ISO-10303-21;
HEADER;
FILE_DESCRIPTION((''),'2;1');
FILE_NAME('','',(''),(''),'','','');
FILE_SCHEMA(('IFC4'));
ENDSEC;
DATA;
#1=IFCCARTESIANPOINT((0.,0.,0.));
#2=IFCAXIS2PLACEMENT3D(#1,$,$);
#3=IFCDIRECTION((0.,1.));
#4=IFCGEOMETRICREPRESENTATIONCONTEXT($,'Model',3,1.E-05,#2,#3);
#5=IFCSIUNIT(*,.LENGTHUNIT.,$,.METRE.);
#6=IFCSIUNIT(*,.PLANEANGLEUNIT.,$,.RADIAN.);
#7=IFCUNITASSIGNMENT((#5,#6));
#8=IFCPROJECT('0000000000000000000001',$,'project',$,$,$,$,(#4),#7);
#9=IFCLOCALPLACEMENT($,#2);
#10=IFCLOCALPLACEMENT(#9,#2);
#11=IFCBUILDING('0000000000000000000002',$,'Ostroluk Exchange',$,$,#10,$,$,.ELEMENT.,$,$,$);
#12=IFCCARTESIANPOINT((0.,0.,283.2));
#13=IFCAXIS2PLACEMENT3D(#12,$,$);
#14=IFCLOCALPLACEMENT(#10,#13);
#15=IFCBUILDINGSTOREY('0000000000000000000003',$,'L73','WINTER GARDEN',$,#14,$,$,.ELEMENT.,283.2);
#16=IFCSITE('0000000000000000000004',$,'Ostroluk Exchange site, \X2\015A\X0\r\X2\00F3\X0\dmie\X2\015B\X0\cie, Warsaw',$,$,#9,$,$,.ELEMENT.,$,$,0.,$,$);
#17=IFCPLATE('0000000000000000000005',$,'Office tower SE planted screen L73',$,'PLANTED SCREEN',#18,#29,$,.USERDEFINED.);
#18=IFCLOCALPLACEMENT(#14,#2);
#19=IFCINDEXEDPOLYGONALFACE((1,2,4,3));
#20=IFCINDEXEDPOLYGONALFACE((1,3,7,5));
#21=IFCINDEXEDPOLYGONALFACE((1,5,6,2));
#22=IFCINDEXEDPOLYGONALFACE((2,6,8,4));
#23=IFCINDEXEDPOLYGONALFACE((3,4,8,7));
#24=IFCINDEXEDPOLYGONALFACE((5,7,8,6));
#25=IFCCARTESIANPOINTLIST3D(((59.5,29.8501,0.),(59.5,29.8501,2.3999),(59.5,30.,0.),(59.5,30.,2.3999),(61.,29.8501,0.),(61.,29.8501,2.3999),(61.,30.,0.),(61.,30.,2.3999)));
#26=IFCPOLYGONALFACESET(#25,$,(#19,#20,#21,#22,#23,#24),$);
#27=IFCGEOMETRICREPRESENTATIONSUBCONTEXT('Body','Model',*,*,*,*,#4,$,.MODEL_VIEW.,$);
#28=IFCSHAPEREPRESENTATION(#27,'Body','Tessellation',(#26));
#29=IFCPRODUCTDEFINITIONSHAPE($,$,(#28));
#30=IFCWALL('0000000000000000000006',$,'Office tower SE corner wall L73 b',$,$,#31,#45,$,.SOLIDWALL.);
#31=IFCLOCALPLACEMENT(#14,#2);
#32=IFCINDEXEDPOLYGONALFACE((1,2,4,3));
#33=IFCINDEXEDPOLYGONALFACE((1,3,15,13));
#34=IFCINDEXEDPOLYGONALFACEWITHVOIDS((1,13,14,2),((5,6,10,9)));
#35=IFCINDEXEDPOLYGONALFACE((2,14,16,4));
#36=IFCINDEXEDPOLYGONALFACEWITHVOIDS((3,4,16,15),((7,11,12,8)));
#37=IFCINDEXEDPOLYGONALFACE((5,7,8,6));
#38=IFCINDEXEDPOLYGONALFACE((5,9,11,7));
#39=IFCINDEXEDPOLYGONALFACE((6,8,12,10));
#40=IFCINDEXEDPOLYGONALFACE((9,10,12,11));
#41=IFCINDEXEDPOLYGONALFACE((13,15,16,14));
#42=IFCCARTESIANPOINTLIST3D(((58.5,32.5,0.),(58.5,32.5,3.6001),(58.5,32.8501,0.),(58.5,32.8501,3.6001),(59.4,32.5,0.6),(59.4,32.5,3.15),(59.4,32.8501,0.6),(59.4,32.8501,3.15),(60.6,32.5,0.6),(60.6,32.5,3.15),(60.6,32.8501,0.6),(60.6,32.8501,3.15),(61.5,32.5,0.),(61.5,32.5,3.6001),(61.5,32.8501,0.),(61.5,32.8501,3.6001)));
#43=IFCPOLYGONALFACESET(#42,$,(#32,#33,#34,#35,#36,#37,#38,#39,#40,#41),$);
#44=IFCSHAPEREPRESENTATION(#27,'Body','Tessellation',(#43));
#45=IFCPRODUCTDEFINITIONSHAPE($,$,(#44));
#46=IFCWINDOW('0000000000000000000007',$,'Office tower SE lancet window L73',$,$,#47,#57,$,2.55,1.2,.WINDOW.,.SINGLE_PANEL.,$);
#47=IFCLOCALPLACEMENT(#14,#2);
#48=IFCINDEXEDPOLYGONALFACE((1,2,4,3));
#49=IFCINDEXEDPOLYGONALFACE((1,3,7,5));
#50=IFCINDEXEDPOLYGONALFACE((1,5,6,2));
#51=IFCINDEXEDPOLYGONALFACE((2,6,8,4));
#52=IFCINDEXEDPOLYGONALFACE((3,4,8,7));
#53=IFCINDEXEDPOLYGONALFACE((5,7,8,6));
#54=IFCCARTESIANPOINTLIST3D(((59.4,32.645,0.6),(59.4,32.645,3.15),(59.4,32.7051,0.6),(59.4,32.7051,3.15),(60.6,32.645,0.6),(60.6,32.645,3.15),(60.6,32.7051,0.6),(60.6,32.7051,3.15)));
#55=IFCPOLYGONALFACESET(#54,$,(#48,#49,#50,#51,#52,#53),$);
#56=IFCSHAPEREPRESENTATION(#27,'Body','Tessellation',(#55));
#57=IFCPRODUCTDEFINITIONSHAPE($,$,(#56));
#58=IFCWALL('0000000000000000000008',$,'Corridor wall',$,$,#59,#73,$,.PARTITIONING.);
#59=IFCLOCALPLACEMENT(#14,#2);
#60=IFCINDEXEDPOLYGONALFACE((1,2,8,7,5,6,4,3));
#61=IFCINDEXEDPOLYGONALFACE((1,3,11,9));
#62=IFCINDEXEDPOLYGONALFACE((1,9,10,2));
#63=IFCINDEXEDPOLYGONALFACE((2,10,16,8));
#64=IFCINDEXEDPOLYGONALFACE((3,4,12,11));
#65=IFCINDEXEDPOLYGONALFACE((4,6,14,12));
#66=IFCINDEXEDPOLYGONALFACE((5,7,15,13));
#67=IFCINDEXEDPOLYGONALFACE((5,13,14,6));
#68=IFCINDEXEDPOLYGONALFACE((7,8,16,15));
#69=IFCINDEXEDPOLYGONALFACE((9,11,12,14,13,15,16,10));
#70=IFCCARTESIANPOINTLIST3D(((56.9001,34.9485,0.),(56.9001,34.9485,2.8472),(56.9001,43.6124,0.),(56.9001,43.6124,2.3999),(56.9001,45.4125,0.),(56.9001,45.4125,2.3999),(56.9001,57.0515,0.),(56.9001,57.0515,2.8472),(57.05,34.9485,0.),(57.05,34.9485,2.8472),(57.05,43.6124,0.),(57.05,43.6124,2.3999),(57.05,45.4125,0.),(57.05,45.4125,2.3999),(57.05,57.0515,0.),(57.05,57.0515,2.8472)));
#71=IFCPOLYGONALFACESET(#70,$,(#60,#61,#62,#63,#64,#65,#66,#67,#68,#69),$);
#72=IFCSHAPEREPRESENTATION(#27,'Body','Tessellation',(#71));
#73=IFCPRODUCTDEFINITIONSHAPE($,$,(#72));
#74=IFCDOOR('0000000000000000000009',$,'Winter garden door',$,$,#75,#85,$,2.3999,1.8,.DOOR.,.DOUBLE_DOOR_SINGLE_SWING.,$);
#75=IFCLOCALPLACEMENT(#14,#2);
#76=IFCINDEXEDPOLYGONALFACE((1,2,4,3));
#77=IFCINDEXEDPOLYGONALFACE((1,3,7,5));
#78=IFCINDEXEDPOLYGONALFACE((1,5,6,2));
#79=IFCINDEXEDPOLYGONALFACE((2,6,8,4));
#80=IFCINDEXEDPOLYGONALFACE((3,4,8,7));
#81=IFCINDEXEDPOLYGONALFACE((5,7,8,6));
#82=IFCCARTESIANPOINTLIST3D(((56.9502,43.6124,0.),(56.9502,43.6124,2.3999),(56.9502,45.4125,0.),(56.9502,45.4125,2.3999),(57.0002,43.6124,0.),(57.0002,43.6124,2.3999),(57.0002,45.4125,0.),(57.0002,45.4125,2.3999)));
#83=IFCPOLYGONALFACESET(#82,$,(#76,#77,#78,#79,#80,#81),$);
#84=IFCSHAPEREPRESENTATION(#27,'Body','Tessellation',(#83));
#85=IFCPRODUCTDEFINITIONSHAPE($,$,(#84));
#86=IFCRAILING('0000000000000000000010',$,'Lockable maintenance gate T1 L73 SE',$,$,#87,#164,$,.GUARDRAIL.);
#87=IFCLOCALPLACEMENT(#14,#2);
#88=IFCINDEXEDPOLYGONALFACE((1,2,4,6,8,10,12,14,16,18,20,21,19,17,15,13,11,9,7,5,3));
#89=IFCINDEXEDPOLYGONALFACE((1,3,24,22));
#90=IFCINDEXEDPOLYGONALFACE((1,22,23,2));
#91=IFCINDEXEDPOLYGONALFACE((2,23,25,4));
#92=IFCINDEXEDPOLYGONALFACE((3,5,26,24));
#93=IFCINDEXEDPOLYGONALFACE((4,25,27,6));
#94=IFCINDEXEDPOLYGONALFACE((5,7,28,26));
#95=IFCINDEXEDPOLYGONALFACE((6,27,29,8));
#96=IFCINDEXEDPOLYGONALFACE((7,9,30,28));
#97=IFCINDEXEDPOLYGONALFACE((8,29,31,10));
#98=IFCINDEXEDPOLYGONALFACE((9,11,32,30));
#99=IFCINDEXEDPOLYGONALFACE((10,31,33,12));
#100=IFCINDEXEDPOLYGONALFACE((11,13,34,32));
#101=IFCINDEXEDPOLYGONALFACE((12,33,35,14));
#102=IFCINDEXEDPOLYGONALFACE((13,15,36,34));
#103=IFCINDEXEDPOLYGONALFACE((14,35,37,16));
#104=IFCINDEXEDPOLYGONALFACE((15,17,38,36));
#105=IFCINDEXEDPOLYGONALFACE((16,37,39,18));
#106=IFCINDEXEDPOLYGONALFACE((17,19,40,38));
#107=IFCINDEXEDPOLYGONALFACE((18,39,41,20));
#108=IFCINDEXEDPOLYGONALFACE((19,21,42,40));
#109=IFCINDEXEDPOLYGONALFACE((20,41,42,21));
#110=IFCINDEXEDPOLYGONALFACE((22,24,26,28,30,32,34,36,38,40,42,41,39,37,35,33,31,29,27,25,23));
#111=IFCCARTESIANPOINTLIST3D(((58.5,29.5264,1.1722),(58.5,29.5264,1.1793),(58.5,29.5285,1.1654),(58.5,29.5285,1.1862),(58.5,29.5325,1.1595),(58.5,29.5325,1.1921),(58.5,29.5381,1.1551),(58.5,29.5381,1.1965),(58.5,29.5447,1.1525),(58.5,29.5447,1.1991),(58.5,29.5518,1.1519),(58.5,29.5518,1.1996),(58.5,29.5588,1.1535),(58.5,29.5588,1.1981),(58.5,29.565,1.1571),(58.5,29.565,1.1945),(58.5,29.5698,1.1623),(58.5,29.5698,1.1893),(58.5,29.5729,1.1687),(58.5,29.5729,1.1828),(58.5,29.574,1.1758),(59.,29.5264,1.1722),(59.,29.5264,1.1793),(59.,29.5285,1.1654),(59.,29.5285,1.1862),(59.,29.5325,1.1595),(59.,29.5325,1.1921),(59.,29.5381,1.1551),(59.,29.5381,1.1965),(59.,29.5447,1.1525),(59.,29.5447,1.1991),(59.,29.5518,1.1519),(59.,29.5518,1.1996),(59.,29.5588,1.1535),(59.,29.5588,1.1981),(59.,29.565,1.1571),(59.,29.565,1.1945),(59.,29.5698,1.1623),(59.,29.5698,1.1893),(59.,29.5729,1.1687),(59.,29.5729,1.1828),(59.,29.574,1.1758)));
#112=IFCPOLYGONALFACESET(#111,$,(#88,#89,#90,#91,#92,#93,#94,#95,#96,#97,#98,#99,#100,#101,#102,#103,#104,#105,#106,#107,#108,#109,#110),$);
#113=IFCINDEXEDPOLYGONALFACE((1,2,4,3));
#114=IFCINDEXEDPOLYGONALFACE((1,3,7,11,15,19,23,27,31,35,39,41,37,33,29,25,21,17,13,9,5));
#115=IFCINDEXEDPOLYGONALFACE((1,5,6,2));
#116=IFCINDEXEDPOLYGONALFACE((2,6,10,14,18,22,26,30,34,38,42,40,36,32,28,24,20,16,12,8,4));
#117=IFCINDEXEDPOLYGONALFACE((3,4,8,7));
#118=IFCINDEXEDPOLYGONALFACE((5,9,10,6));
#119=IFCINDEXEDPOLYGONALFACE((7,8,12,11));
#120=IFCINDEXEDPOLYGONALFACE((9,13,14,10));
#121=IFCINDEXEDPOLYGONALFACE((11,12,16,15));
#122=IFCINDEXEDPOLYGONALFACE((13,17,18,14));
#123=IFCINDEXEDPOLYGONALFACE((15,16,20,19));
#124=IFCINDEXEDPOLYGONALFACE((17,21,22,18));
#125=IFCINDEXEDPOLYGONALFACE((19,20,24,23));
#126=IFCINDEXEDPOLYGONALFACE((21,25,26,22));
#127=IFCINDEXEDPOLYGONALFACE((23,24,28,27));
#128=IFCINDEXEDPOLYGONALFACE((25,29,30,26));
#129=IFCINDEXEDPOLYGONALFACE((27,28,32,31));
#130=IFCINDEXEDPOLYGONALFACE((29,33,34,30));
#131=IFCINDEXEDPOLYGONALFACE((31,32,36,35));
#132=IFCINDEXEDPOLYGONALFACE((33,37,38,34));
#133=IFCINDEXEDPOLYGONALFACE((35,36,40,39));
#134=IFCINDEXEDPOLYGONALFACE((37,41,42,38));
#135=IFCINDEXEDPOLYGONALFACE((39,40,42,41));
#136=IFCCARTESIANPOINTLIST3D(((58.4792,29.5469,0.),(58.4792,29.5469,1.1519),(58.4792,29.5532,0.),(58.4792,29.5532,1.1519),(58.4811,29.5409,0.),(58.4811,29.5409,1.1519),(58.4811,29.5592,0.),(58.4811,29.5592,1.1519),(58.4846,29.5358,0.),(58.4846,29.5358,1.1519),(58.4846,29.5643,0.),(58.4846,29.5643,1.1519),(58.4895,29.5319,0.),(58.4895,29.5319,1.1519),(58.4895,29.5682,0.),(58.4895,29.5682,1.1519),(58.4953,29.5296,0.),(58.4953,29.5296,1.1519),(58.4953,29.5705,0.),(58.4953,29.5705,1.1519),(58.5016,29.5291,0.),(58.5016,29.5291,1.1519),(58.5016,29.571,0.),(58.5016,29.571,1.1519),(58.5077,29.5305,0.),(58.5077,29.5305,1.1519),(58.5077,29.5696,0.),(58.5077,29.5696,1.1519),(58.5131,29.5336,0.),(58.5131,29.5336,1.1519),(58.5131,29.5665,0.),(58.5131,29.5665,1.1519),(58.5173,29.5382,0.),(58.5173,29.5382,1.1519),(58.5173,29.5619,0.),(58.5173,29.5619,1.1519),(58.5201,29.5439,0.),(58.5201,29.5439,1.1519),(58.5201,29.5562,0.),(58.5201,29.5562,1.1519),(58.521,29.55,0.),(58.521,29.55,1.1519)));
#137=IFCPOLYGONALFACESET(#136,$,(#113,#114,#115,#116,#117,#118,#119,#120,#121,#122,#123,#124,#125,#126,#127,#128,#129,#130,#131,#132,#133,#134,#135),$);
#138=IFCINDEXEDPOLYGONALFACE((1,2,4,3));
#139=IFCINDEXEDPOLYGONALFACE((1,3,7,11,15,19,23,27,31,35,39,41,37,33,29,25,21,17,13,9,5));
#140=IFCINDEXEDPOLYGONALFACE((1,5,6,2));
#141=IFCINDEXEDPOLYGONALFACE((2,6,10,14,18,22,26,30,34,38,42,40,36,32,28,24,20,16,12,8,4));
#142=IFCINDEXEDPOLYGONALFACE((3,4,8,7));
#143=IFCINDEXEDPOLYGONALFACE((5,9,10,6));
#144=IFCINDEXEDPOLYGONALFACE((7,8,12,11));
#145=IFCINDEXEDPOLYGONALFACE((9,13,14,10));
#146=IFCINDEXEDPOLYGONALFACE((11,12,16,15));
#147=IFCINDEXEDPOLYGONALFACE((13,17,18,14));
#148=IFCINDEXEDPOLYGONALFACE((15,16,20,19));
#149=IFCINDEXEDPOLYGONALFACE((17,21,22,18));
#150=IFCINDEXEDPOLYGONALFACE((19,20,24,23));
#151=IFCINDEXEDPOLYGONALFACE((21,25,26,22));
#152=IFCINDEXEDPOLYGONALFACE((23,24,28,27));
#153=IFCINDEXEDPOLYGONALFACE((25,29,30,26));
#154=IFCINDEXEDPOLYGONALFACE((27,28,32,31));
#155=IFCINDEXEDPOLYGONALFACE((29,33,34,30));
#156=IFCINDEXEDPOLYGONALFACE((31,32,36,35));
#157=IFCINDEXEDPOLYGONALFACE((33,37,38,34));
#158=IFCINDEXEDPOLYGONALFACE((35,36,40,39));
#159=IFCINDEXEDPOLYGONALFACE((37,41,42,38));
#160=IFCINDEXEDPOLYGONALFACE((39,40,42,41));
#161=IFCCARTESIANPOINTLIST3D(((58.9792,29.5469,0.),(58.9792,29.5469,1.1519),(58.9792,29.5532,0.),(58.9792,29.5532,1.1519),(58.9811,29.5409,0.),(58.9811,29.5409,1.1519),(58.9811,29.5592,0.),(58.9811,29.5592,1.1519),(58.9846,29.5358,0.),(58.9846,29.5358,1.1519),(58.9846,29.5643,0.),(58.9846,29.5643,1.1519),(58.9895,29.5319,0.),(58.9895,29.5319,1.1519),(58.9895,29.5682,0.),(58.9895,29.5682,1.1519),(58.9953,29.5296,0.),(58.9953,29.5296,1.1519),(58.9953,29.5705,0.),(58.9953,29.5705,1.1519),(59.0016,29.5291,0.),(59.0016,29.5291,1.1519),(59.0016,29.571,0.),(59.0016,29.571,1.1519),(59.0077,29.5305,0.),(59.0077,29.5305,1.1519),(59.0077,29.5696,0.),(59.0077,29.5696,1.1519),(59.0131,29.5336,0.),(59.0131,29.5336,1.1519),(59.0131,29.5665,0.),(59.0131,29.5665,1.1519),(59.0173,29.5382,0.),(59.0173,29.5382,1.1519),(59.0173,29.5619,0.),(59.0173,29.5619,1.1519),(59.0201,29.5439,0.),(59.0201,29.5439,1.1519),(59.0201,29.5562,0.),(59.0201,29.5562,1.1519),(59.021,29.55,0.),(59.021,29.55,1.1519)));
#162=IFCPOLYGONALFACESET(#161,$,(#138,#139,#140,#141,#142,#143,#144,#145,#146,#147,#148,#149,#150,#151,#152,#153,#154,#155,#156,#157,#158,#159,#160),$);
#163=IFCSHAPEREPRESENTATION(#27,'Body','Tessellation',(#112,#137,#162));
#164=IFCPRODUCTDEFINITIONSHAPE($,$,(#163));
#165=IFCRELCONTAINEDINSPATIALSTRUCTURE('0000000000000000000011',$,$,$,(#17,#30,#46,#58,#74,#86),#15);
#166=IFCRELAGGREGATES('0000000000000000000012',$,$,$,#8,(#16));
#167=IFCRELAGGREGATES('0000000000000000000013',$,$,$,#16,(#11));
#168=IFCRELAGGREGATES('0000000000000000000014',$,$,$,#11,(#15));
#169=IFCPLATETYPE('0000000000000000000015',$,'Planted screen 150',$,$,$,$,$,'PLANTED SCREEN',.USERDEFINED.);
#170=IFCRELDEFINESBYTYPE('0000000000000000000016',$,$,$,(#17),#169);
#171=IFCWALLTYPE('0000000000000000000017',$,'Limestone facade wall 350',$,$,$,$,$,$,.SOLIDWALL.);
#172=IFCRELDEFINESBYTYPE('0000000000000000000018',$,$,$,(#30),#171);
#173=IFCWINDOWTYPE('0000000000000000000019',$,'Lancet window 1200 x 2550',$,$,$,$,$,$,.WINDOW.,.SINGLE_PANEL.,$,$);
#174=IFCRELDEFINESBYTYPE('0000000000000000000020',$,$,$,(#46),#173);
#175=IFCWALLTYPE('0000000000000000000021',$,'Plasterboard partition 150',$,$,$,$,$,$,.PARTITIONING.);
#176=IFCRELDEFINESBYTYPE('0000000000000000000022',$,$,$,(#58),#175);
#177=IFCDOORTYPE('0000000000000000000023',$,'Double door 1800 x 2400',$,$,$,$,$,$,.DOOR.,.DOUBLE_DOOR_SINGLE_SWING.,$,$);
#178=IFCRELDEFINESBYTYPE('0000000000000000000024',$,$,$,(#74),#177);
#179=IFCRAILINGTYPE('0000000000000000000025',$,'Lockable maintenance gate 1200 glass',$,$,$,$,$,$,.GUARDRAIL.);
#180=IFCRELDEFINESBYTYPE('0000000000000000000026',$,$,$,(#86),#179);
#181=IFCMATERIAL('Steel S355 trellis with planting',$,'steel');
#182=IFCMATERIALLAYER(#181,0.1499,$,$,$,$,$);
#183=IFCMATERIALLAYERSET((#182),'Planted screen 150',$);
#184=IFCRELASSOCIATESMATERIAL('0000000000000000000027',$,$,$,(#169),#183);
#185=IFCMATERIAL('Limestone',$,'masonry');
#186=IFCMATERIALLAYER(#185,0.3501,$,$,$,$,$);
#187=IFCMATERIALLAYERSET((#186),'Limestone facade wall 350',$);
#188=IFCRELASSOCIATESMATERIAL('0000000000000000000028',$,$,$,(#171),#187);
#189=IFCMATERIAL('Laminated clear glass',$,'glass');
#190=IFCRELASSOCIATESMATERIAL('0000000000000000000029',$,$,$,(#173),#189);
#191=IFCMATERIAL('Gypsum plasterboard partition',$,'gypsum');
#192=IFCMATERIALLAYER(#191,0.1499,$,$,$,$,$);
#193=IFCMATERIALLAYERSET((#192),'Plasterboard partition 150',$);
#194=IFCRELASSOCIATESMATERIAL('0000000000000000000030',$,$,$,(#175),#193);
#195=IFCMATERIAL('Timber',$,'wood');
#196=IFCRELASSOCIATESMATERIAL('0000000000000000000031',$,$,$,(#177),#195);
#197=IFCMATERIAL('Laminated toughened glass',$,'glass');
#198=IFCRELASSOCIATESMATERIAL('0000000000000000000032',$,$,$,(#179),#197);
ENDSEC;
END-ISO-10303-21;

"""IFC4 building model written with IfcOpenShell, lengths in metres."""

from ifc_helpers import new_model, si_unit, direction, frame, frame_2d, origin, origin_2d, place, context, subcontext, project, spatial, rectangle, circle, extrude, material, layer, layer_set, type_object, element, fill, save


model = new_model("IFC4")

# Units and contexts
model_context = context("Model", 3, precision=1e-05, world=origin(), true_north=direction((0.0, 1.0)))
body_context = subcontext(model_context, "Body", "Model", "MODEL_VIEW")
ifc_project = project(units=[si_unit("LENGTHUNIT", "METRE"), si_unit("PLANEANGLEUNIT", "RADIAN")], contexts=[model_context])

# Site, building, storey
site_placement = place(None, origin())
site = spatial("IfcSite", under=ifc_project, at=site_placement, Name="Ostroluk Exchange site, Śródmieście, Warsaw", CompositionType="ELEMENT", RefElevation=0.0)
building_placement = place(site_placement, origin())
building = spatial("IfcBuilding", under=site, at=building_placement, Name="Ostroluk Exchange", CompositionType="ELEMENT")
storey_placement = place(building_placement, frame((0.0, 0.0, 283.2)))
storey = spatial("IfcBuildingStorey", under=building, at=storey_placement, Name="L73", Description="WINTER GARDEN", CompositionType="ELEMENT", Elevation=283.2)

# Plate
ifc_material_1 = material(Name="Steel S355 trellis with planting", Category="steel")
ifc_layer_1 = layer(ifc_material_1, 0.1499)
ifc_layer_set_1 = layer_set([ifc_layer_1], Name="Planted screen 150")
plate_type_1 = type_object("IfcPlateType", Name="Planted screen 150", ElementType="PLANTED SCREEN", PredefinedType="USERDEFINED", material=ifc_layer_set_1)
plate_1_placement = place(storey_placement, frame((60.25, 29.925, 0.0), z_axis=(0.0, 0.0, 1.0), x_axis=(1.0, 0.0, 0.0)))
element("IfcPlate", 1, at=plate_1_placement, inside=storey, type_object=plate_type_1, Name="Office tower SE planted screen L73", ObjectType="PLANTED SCREEN", PredefinedType="USERDEFINED", context=body_context, shape_type="SweptSolid", body=[
    extrude(rectangle(XDim=1.5, YDim=0.1499, at=origin_2d()), origin(), (0.0, 0.0, 1.0), 2.3999),
])

# Shared definitions
ifc_material_2 = material(Name="Limestone", Category="masonry")
ifc_layer_2 = layer(ifc_material_2, 0.3501)
ifc_layer_set_2 = layer_set([ifc_layer_2], Name="Limestone facade wall 350")
wall_type_1 = type_object("IfcWallType", Name="Limestone facade wall 350", PredefinedType="SOLIDWALL", material=ifc_layer_set_2)

# Wall, opening, window
wall_1_placement = place(storey_placement, frame((58.5, 32.675, 0.0), z_axis=(0.0, 0.0, 1.0), x_axis=(1.0, 0.0, 0.0)))
wall_1 = element("IfcWall", 2, at=wall_1_placement, inside=storey, type_object=wall_type_1, Name="Office tower SE corner wall L73 b", PredefinedType="SOLIDWALL", context=body_context, shape_type="SweptSolid", body=[
    extrude(rectangle(XDim=3.0, YDim=0.3501, at=frame_2d((1.5, 0.0))), origin(), (0.0, 0.0, 1.0), 3.6001),
])
opening_1_placement = place(wall_1_placement, frame((0.8999, 0.0, 0.6001)))
opening_1 = element("IfcOpeningElement", 3, at=opening_1_placement, cuts=wall_1, PredefinedType="OPENING", context=body_context, shape_type="SweptSolid", body=[
    extrude(rectangle(XDim=1.2, YDim=2.55, at=frame_2d((0.6001, 1.2749))), frame((0.0, 0.1851, 0.0), z_axis=(0.0, -1.0, 0.0), x_axis=(1.0, 0.0, 0.0)), (0.0, 0.0, 1.0), 0.3701),
])
ifc_material_3 = material(Name="Laminated clear glass", Category="glass")
window_type = type_object("IfcWindowType", Name="Lancet window 1200 x 2550", PartitioningType="SINGLE_PANEL", PredefinedType="WINDOW", material=ifc_material_3)
window_placement = place(opening_1_placement, origin())
window = element("IfcWindow", 4, at=window_placement, inside=storey, type_object=window_type, Name="Office tower SE lancet window L73", OverallHeight=2.55, OverallWidth=1.2, PartitioningType="SINGLE_PANEL", PredefinedType="WINDOW", context=body_context, shape_type="SweptSolid", body=[
    extrude(rectangle(XDim=1.2, YDim=2.55, at=frame_2d((0.6001, 1.2749))), frame((0.0, 0.03, 0.0), z_axis=(0.0, -1.0, 0.0), x_axis=(1.0, 0.0, 0.0)), (0.0, 0.0, 1.0), 0.0601),
])
fill(opening_1, window)

# Wall, opening, door
ifc_material_4 = material(Name="Gypsum plasterboard partition", Category="gypsum")
ifc_layer_3 = layer(ifc_material_4, 0.1499)
ifc_layer_set_3 = layer_set([ifc_layer_3], Name="Plasterboard partition 150")
wall_type_2 = type_object("IfcWallType", Name="Plasterboard partition 150", PredefinedType="PARTITIONING", material=ifc_layer_set_3)
wall_2_placement = place(storey_placement, frame((56.9751, 34.9485, 0.0), z_axis=(0.0, 0.0, 1.0), x_axis=(0.0, 1.0, 0.0)))
wall_2 = element("IfcWall", 5, at=wall_2_placement, inside=storey, type_object=wall_type_2, Name="Corridor wall", PredefinedType="PARTITIONING", context=body_context, shape_type="SweptSolid", body=[
    extrude(rectangle(XDim=22.103, YDim=0.1499, at=frame_2d((11.0515, 0.0))), origin(), (0.0, 0.0, 1.0), 2.8472),
])
opening_2_placement = place(wall_2_placement, frame((8.6641, 0.0, 0.0)))
opening_2 = element("IfcOpeningElement", 6, at=opening_2_placement, cuts=wall_2, PredefinedType="OPENING", context=body_context, shape_type="SweptSolid", body=[
    extrude(rectangle(XDim=1.8, YDim=2.3999, at=frame_2d((0.8999, 1.2))), frame((0.0, 0.085, 0.0), z_axis=(0.0, -1.0, 0.0), x_axis=(1.0, 0.0, 0.0)), (0.0, 0.0, 1.0), 0.1699),
])
ifc_material_5 = material(Name="Timber", Category="wood")
door_type_1 = type_object("IfcDoorType", Name="Double door 1800 x 2400", OperationType="DOUBLE_DOOR_SINGLE_SWING", PredefinedType="DOOR", material=ifc_material_5)
door_1_placement = place(opening_2_placement, origin())
door_1 = element("IfcDoor", 7, at=door_1_placement, inside=storey, type_object=door_type_1, Name="Winter garden door", OperationType="DOUBLE_DOOR_SINGLE_SWING", OverallHeight=2.3999, OverallWidth=1.8, PredefinedType="DOOR", context=body_context, shape_type="SweptSolid", body=[
    extrude(rectangle(XDim=1.8, YDim=2.3999, at=frame_2d((0.8999, 1.2))), frame((0.0, 0.0249, 0.0), z_axis=(0.0, -1.0, 0.0), x_axis=(1.0, 0.0, 0.0)), (0.0, 0.0, 1.0), 0.05),
])
fill(opening_2, door_1)

# Railing
ifc_material_6 = material(Name="Laminated toughened glass", Category="glass")
railing_type_1 = type_object("IfcRailingType", Name="Lockable maintenance gate 1200 glass", PredefinedType="GUARDRAIL", material=ifc_material_6)
railing_1_placement = place(storey_placement, frame((58.5, 29.55, 0.0)))
element("IfcRailing", 8, at=railing_1_placement, inside=storey, type_object=railing_type_1, Name="Lockable maintenance gate T1 L73 SE", PredefinedType="GUARDRAIL", context=body_context, shape_type="SweptSolid", body=[
    extrude(circle(Radius=0.0239, at=origin_2d()), frame((0.0, 0.0, 1.1758), z_axis=(1.0, 0.0, 0.0), x_axis=(0.0, 1.0, 0.0)), (0.0, 0.0, 1.0), 0.5),
    extrude(circle(Radius=0.021, at=origin_2d()), origin(), (0.0, 0.0, 1.0), 1.1519),
    extrude(circle(Radius=0.021, at=origin_2d()), frame((0.5, 0.0, 0.0)), (0.0, 0.0, 1.0), 1.1519),
])

save(model, "model.ifc")
